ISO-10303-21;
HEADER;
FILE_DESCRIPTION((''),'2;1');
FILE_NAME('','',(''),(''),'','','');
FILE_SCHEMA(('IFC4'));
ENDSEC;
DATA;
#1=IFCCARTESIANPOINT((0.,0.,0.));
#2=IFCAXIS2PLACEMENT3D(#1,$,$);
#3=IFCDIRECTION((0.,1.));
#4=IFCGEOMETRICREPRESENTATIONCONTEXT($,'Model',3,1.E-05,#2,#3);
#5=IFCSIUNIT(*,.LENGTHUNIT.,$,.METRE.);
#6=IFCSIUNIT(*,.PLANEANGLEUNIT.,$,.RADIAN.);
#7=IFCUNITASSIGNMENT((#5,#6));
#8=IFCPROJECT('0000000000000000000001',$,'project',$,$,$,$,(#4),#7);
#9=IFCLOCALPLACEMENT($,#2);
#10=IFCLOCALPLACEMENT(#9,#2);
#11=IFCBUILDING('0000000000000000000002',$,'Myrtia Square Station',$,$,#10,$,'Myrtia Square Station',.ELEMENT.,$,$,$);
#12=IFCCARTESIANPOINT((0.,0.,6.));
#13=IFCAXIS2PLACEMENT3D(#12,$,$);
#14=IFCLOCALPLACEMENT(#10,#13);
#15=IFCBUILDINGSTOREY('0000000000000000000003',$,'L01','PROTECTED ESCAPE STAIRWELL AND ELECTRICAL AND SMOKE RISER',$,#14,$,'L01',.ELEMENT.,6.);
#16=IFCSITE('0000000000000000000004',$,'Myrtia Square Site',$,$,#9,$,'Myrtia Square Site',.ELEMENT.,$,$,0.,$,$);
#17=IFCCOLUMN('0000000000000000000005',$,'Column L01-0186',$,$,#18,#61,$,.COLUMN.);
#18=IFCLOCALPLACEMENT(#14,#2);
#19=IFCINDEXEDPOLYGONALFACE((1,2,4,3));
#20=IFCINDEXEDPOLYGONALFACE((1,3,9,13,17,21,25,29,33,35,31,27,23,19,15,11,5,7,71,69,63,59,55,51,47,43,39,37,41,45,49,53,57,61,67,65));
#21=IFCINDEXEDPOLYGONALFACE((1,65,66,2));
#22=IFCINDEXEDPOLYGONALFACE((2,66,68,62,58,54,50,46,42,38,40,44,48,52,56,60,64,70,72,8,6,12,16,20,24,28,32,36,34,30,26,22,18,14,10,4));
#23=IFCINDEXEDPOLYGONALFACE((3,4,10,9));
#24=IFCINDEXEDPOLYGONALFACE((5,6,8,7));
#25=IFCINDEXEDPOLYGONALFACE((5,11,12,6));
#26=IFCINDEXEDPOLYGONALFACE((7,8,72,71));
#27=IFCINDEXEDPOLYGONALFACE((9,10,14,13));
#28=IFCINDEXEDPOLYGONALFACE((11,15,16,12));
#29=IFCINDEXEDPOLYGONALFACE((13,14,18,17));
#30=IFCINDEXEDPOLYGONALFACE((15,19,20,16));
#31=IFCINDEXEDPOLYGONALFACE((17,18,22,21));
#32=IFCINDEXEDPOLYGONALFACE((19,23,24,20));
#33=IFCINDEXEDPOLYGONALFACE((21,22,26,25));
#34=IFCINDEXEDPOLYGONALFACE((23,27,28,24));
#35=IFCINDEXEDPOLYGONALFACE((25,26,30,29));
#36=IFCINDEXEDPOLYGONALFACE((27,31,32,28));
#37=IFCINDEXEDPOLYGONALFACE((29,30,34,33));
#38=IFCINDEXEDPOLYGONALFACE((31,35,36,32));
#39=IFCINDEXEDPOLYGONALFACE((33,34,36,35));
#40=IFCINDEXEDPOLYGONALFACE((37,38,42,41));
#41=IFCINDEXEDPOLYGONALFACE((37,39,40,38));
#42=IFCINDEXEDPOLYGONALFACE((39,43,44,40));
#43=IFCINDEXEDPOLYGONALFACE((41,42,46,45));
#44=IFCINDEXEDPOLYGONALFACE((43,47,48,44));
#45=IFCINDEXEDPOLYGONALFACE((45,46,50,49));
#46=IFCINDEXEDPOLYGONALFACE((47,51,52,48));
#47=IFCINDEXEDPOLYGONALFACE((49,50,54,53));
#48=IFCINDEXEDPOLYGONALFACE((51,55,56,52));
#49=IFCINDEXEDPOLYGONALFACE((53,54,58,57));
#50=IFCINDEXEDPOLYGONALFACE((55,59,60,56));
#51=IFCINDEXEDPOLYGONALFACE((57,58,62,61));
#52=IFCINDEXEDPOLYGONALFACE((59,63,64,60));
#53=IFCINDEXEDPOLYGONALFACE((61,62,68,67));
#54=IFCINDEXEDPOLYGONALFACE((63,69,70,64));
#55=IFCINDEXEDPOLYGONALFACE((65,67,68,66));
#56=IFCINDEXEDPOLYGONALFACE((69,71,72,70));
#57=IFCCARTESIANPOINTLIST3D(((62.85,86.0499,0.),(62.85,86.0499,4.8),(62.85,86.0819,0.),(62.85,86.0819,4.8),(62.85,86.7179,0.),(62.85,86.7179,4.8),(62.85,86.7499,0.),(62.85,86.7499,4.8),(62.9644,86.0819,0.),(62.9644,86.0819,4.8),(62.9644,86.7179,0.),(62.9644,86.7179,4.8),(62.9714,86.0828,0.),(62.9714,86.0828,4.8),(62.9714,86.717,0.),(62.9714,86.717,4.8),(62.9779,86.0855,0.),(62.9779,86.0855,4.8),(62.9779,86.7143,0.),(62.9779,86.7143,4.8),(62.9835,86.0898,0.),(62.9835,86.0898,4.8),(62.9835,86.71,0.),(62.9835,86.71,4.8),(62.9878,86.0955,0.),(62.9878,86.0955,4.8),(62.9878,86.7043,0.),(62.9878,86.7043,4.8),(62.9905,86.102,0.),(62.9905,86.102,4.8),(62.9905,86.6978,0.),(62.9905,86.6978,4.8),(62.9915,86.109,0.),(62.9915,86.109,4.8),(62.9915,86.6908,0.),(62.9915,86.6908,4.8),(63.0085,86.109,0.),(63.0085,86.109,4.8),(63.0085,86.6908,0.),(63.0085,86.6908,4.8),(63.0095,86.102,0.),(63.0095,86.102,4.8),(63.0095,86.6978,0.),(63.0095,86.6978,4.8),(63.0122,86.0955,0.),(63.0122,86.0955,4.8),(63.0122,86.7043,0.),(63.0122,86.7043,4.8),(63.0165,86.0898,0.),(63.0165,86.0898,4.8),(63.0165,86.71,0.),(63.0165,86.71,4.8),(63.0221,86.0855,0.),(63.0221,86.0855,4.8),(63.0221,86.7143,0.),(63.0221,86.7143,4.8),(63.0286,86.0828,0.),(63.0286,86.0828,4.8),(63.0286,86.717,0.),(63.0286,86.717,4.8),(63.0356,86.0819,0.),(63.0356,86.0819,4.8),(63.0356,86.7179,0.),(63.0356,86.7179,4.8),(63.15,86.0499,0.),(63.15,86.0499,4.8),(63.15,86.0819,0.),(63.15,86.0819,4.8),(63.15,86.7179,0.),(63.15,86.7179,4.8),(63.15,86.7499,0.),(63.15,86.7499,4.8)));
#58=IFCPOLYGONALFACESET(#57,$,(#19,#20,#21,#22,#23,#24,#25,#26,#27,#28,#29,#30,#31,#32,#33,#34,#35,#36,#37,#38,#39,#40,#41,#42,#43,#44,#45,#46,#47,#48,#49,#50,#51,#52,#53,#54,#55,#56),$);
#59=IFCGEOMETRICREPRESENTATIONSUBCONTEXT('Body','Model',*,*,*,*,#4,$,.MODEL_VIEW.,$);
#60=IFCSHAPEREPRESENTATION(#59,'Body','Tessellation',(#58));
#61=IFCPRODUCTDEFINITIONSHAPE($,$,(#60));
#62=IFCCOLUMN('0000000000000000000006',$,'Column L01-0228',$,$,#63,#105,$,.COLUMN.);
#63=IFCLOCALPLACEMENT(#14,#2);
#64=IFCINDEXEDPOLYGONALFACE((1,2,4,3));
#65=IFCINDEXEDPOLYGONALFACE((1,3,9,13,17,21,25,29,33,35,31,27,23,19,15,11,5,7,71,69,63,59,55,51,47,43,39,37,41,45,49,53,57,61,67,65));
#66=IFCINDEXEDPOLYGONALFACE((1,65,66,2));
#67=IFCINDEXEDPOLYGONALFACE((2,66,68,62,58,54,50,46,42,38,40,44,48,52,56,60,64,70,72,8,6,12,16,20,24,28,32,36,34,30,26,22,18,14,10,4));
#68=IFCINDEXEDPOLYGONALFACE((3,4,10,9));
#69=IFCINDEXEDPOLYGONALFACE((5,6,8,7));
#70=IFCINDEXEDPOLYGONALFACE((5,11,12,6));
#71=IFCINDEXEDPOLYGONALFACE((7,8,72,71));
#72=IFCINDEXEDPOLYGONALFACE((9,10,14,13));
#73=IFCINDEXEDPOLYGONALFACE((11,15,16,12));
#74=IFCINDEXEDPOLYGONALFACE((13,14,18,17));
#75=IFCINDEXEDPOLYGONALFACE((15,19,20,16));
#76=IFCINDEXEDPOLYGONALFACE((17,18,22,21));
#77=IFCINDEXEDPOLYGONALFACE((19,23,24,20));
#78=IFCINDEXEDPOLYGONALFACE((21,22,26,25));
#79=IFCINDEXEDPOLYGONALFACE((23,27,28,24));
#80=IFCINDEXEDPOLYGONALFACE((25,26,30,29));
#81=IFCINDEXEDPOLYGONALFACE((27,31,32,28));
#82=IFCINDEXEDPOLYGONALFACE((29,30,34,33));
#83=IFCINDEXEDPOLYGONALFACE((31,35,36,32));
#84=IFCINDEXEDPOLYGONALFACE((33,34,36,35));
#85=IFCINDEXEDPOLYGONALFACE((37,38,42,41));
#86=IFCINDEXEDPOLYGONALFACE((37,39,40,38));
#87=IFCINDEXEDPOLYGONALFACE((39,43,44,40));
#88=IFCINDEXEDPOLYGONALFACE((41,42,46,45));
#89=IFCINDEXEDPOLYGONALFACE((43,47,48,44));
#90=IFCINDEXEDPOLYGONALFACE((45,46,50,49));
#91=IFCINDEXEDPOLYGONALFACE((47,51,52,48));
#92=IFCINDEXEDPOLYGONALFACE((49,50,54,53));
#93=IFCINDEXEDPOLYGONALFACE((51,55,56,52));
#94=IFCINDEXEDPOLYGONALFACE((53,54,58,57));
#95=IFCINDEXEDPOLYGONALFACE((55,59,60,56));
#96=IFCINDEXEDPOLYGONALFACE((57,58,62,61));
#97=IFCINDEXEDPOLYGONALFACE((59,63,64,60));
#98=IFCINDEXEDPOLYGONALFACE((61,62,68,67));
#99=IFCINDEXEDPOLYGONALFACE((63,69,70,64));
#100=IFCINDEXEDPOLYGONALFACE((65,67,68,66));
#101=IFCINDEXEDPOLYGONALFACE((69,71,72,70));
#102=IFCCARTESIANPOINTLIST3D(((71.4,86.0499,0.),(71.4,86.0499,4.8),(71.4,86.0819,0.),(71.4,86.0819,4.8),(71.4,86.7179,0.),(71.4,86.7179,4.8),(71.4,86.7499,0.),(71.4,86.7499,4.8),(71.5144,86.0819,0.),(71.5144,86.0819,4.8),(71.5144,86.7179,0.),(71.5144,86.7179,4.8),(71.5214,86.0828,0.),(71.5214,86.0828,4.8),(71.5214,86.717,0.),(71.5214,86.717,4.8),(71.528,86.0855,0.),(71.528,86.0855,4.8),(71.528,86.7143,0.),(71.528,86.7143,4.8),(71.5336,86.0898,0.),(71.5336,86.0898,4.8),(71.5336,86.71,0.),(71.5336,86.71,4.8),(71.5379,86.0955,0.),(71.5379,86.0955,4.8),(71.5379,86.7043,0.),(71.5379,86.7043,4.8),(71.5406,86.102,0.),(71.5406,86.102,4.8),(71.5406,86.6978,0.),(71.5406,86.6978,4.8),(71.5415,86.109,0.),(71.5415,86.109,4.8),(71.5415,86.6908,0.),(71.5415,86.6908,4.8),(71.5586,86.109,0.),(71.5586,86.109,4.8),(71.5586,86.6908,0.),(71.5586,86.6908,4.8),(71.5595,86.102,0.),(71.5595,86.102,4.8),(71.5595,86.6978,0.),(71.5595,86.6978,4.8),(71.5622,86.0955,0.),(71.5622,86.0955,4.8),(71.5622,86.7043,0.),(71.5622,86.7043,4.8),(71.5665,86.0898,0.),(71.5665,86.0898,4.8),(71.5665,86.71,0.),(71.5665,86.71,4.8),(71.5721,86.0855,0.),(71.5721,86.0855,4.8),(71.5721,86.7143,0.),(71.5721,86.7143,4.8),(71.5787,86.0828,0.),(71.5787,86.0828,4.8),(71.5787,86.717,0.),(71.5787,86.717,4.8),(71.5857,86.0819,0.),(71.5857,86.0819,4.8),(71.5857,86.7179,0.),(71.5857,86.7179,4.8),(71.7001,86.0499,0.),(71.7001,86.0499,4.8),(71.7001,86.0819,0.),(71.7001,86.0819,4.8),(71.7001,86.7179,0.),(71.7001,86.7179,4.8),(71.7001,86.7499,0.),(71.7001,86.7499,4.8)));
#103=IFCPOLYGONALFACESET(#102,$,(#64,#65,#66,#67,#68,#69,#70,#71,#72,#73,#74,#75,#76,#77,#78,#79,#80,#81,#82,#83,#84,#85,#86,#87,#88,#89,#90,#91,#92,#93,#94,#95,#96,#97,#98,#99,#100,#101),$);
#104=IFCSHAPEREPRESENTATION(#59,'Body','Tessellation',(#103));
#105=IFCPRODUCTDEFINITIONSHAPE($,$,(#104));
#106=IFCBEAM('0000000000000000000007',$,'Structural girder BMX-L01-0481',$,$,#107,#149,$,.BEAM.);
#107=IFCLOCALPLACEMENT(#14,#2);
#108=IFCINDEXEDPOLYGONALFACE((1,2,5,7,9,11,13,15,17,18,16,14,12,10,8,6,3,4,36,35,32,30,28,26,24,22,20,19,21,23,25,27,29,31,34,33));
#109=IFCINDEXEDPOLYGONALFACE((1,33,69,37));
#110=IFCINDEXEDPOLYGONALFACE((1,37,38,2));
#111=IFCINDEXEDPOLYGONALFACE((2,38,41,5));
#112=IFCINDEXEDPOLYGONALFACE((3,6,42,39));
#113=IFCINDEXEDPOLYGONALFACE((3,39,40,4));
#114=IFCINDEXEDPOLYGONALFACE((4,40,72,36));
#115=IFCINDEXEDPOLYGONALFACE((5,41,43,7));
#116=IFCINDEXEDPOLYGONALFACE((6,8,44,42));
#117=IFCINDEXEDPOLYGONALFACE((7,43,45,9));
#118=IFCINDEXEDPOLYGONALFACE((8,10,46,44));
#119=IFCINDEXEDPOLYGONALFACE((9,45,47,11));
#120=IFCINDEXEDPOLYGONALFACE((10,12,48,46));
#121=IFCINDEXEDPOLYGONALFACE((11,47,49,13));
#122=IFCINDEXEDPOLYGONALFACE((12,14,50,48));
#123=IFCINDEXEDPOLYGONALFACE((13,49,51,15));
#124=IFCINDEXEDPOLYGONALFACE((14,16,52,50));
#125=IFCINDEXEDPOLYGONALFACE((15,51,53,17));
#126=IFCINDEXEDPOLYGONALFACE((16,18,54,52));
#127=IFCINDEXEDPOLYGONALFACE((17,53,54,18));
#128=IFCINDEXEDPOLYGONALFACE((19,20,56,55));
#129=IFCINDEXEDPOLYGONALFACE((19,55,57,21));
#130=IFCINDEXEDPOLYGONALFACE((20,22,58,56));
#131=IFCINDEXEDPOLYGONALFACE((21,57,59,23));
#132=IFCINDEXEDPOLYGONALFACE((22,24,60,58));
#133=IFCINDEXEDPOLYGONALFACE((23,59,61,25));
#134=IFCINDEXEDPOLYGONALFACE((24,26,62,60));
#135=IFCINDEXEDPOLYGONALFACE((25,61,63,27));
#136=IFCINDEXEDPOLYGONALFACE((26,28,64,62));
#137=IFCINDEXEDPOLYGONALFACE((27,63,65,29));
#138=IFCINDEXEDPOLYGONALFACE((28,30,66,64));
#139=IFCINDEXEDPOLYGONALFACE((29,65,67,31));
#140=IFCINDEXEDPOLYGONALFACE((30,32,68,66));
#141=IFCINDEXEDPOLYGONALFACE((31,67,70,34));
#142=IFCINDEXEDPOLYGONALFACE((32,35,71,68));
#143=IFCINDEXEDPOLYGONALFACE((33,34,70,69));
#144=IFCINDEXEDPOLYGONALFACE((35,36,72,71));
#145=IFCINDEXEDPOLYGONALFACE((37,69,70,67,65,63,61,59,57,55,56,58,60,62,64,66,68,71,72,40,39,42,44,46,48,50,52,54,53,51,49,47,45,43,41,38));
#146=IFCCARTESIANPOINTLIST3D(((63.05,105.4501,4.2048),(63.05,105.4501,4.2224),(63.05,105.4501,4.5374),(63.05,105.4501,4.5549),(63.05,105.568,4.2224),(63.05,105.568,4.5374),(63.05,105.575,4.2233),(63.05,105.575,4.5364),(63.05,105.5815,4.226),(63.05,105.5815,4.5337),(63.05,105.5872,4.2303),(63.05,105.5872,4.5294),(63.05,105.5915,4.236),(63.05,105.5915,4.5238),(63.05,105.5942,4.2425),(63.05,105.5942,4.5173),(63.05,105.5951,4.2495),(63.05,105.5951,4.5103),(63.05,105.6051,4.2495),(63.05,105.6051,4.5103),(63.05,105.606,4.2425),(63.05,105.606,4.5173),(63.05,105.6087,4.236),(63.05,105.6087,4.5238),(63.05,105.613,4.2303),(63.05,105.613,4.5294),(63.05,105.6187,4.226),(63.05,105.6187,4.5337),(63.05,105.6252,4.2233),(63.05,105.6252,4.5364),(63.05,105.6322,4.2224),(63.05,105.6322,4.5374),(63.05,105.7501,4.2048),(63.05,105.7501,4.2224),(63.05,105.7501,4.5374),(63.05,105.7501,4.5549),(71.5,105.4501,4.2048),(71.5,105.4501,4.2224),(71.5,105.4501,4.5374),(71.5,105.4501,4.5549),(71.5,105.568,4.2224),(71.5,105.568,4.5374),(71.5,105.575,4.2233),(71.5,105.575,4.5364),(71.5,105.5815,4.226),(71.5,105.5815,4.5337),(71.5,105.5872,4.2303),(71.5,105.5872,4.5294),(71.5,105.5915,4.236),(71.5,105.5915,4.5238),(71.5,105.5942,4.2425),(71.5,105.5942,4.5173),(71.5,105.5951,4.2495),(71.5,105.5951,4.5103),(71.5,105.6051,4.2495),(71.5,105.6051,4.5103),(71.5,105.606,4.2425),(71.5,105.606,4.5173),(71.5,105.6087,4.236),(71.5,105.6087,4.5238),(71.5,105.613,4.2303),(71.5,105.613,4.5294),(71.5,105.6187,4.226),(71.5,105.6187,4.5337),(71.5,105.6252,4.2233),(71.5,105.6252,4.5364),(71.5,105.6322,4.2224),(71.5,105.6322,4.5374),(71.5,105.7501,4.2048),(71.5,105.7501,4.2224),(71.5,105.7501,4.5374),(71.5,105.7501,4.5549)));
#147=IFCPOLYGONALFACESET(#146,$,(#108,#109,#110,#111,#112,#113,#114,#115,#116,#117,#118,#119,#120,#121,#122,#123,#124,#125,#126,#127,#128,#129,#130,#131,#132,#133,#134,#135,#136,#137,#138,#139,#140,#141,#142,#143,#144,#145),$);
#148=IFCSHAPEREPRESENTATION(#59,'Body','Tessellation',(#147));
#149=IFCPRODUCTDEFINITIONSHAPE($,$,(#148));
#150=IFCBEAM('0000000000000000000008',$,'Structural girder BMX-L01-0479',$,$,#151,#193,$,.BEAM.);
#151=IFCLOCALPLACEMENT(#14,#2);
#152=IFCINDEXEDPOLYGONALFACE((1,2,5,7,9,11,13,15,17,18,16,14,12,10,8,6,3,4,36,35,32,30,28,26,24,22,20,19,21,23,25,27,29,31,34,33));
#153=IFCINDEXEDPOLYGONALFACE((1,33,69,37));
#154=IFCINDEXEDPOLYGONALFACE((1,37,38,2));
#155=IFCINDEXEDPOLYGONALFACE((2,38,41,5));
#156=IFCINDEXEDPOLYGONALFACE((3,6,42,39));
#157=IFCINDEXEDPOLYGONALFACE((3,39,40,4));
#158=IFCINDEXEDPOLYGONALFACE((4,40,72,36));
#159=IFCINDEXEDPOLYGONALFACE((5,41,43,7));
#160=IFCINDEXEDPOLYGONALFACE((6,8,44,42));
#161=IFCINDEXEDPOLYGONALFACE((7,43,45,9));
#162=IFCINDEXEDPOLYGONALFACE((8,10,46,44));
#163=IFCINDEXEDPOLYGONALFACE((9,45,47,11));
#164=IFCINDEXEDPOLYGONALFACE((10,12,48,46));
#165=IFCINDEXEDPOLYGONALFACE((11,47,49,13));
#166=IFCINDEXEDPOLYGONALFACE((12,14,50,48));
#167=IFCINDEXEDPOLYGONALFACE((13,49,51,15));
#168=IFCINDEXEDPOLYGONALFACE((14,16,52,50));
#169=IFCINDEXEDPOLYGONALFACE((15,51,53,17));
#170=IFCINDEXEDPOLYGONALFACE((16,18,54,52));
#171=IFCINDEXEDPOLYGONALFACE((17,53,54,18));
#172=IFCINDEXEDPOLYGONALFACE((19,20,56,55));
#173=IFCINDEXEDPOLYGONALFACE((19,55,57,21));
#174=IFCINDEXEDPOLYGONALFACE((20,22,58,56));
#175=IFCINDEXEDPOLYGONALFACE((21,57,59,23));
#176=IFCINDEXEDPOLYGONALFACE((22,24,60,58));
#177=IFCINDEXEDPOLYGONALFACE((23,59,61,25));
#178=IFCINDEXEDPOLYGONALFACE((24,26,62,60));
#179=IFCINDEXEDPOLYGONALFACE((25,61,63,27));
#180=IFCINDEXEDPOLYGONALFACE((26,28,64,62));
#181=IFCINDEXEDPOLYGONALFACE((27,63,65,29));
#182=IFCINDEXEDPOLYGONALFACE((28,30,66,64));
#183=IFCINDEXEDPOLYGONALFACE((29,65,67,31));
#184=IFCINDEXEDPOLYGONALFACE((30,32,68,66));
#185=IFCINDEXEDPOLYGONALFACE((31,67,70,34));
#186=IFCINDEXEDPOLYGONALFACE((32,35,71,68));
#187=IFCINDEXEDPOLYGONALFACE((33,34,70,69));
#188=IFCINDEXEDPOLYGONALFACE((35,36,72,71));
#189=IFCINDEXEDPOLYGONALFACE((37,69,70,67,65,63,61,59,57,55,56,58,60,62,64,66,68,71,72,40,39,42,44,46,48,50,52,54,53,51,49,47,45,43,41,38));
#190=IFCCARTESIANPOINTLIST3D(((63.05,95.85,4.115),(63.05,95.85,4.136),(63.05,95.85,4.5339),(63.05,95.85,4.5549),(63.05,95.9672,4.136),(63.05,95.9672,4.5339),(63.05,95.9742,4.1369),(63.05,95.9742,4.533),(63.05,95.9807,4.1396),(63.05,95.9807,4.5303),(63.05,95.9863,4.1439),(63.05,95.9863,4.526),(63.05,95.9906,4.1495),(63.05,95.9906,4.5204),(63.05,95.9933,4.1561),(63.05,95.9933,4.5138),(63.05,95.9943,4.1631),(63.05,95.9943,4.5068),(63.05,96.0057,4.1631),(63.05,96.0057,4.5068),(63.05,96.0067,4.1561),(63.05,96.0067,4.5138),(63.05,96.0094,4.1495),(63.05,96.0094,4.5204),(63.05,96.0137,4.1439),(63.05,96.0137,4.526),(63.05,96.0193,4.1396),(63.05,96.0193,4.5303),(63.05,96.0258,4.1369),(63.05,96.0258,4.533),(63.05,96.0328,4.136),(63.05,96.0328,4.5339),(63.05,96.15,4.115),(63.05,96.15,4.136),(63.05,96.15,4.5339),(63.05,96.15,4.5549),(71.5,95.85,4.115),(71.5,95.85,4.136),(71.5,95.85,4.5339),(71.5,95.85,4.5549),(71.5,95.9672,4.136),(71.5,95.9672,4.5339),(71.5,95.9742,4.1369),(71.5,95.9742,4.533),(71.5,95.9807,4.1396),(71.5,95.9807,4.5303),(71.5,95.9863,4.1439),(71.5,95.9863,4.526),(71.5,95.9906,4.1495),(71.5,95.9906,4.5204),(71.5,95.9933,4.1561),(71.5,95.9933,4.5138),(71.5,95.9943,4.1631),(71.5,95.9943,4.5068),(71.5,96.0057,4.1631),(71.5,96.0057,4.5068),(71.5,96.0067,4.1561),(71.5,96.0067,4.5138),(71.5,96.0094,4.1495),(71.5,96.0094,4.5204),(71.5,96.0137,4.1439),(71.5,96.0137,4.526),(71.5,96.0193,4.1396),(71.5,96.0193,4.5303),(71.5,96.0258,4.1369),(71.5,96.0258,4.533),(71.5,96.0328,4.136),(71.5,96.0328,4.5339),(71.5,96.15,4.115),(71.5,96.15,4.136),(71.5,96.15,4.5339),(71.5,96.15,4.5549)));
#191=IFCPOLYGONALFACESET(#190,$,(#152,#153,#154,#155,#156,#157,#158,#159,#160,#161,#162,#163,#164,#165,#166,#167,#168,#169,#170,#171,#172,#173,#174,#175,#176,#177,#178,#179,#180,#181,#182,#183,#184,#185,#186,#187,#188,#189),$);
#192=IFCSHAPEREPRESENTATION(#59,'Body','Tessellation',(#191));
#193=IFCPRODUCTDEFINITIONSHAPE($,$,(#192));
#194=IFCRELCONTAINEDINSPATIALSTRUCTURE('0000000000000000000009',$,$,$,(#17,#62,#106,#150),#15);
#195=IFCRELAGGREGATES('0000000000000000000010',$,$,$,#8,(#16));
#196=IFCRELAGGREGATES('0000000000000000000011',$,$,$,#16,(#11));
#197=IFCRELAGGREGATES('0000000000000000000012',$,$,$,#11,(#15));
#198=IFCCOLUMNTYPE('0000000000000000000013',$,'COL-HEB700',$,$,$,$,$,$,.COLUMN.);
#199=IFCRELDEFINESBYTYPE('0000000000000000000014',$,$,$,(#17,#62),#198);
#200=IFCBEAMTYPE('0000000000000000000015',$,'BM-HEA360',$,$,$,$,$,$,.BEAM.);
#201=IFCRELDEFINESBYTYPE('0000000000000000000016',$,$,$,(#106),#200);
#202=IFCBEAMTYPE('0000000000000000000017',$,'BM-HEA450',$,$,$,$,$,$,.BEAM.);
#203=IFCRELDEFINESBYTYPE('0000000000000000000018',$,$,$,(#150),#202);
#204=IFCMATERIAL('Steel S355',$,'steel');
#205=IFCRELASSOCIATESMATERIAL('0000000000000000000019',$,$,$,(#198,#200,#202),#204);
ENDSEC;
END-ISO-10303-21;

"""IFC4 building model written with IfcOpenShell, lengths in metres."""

from ifc_helpers import new_model, si_unit, direction, frame, origin, origin_2d, place, context, subcontext, project, spatial, i_section, extrude, material, material_profile, profile_set, type_object, element, save


model = new_model("IFC4")

# Units and contexts
model_context = context("Model", 3, precision=1e-05, world=origin(), true_north=direction((0.0, 1.0)))
body_context = subcontext(model_context, "Body", "Model", "MODEL_VIEW")
ifc_project = project(units=[si_unit("LENGTHUNIT", "METRE"), si_unit("PLANEANGLEUNIT", "RADIAN")], contexts=[model_context])

# Site, building, storey
site_placement = place(None, origin())
site = spatial("IfcSite", under=ifc_project, at=site_placement, Name="Myrtia Square Site", LongName="Myrtia Square Site", CompositionType="ELEMENT", RefElevation=0.0)
building_placement = place(site_placement, origin())
building = spatial("IfcBuilding", under=site, at=building_placement, Name="Myrtia Square Station", LongName="Myrtia Square Station", CompositionType="ELEMENT")
storey_placement = place(building_placement, frame((0.0, 0.0, 6.0)))
storey = spatial("IfcBuildingStorey", under=building, at=storey_placement, Name="L01", Description="PROTECTED ESCAPE STAIRWELL AND ELECTRICAL AND SMOKE RISER", LongName="L01", CompositionType="ELEMENT", Elevation=6.0)

# Columns
ifc_material = material(Name="Steel S355", Category="steel")
ifc_material_profile_1 = material_profile(ifc_material, i_section(OverallWidth=0.3, OverallDepth=0.7, WebThickness=0.0171, FlangeThickness=0.032, FilletRadius=0.0271, at=origin_2d()), Name="HEB 700")
ifc_profile_set_1 = profile_set([ifc_material_profile_1], Name="Steel S355")
column_type_1 = type_object("IfcColumnType", Name="COL-HEB700", PredefinedType="COLUMN", material=ifc_profile_set_1)
for number, where, z_axis, x_axis, name in (
    (1, (63.0, 86.3999, 0.0), (0.0, 0.0, 1.0), (1.0, 0.0, 0.0), "Column L01-0186"),
    (2, (71.55, 86.3999, 0.0), (0.0, 0.0, 1.0), (1.0, 0.0, 0.0), "Column L01-0228"),
):
    element("IfcColumn", number, at=place(storey_placement, frame(where, z_axis=z_axis, x_axis=x_axis)), inside=storey, type_object=column_type_1, Name=name, PredefinedType="COLUMN", context=body_context, shape_type="SweptSolid", body=[
        extrude(i_section(OverallWidth=0.3, OverallDepth=0.7, WebThickness=0.0171, FlangeThickness=0.032, FilletRadius=0.0271, at=origin_2d()), origin(), (0.0, 0.0, 1.0), 4.8),
    ])

# Beams
ifc_material_profile_2 = material_profile(ifc_material, i_section(OverallWidth=0.3, OverallDepth=0.3501, WebThickness=0.01, FlangeThickness=0.0176, FilletRadius=0.0271, at=origin_2d()), Name="HEA 360")
ifc_profile_set_2 = profile_set([ifc_material_profile_2], Name="Steel S355")
beam_type_1 = type_object("IfcBeamType", Name="BM-HEA360", PredefinedType="BEAM", material=ifc_profile_set_2)
beam_1_placement = place(storey_placement, frame((63.05, 105.6001, 4.3799), z_axis=(1.0, 0.0, 0.0), x_axis=(0.0, 1.0, 0.0)))
element("IfcBeam", 3, at=beam_1_placement, inside=storey, type_object=beam_type_1, Name="Structural girder BMX-L01-0481", PredefinedType="BEAM", context=body_context, shape_type="SweptSolid", body=[
    extrude(i_section(OverallWidth=0.3, OverallDepth=0.3501, WebThickness=0.01, FlangeThickness=0.0176, FilletRadius=0.0271, at=origin_2d()), origin(), (0.0, 0.0, 1.0), 8.45),
])
ifc_material_profile_3 = material_profile(ifc_material, i_section(OverallWidth=0.3, OverallDepth=0.4399, WebThickness=0.0115, FlangeThickness=0.021, FilletRadius=0.0271, at=origin_2d()), Name="HEA 450")
ifc_profile_set_3 = profile_set([ifc_material_profile_3], Name="Steel S355")
beam_type_2 = type_object("IfcBeamType", Name="BM-HEA450", PredefinedType="BEAM", material=ifc_profile_set_3)
beam_2_placement = place(storey_placement, frame((63.05, 96.0, 4.335), z_axis=(1.0, 0.0, 0.0), x_axis=(0.0, 1.0, 0.0)))
element("IfcBeam", 4, at=beam_2_placement, inside=storey, type_object=beam_type_2, Name="Structural girder BMX-L01-0479", PredefinedType="BEAM", context=body_context, shape_type="SweptSolid", body=[
    extrude(i_section(OverallWidth=0.3, OverallDepth=0.4399, WebThickness=0.0115, FlangeThickness=0.021, FilletRadius=0.0271, at=origin_2d()), origin(), (0.0, 0.0, 1.0), 8.45),
])

save(model, "model.ifc")
